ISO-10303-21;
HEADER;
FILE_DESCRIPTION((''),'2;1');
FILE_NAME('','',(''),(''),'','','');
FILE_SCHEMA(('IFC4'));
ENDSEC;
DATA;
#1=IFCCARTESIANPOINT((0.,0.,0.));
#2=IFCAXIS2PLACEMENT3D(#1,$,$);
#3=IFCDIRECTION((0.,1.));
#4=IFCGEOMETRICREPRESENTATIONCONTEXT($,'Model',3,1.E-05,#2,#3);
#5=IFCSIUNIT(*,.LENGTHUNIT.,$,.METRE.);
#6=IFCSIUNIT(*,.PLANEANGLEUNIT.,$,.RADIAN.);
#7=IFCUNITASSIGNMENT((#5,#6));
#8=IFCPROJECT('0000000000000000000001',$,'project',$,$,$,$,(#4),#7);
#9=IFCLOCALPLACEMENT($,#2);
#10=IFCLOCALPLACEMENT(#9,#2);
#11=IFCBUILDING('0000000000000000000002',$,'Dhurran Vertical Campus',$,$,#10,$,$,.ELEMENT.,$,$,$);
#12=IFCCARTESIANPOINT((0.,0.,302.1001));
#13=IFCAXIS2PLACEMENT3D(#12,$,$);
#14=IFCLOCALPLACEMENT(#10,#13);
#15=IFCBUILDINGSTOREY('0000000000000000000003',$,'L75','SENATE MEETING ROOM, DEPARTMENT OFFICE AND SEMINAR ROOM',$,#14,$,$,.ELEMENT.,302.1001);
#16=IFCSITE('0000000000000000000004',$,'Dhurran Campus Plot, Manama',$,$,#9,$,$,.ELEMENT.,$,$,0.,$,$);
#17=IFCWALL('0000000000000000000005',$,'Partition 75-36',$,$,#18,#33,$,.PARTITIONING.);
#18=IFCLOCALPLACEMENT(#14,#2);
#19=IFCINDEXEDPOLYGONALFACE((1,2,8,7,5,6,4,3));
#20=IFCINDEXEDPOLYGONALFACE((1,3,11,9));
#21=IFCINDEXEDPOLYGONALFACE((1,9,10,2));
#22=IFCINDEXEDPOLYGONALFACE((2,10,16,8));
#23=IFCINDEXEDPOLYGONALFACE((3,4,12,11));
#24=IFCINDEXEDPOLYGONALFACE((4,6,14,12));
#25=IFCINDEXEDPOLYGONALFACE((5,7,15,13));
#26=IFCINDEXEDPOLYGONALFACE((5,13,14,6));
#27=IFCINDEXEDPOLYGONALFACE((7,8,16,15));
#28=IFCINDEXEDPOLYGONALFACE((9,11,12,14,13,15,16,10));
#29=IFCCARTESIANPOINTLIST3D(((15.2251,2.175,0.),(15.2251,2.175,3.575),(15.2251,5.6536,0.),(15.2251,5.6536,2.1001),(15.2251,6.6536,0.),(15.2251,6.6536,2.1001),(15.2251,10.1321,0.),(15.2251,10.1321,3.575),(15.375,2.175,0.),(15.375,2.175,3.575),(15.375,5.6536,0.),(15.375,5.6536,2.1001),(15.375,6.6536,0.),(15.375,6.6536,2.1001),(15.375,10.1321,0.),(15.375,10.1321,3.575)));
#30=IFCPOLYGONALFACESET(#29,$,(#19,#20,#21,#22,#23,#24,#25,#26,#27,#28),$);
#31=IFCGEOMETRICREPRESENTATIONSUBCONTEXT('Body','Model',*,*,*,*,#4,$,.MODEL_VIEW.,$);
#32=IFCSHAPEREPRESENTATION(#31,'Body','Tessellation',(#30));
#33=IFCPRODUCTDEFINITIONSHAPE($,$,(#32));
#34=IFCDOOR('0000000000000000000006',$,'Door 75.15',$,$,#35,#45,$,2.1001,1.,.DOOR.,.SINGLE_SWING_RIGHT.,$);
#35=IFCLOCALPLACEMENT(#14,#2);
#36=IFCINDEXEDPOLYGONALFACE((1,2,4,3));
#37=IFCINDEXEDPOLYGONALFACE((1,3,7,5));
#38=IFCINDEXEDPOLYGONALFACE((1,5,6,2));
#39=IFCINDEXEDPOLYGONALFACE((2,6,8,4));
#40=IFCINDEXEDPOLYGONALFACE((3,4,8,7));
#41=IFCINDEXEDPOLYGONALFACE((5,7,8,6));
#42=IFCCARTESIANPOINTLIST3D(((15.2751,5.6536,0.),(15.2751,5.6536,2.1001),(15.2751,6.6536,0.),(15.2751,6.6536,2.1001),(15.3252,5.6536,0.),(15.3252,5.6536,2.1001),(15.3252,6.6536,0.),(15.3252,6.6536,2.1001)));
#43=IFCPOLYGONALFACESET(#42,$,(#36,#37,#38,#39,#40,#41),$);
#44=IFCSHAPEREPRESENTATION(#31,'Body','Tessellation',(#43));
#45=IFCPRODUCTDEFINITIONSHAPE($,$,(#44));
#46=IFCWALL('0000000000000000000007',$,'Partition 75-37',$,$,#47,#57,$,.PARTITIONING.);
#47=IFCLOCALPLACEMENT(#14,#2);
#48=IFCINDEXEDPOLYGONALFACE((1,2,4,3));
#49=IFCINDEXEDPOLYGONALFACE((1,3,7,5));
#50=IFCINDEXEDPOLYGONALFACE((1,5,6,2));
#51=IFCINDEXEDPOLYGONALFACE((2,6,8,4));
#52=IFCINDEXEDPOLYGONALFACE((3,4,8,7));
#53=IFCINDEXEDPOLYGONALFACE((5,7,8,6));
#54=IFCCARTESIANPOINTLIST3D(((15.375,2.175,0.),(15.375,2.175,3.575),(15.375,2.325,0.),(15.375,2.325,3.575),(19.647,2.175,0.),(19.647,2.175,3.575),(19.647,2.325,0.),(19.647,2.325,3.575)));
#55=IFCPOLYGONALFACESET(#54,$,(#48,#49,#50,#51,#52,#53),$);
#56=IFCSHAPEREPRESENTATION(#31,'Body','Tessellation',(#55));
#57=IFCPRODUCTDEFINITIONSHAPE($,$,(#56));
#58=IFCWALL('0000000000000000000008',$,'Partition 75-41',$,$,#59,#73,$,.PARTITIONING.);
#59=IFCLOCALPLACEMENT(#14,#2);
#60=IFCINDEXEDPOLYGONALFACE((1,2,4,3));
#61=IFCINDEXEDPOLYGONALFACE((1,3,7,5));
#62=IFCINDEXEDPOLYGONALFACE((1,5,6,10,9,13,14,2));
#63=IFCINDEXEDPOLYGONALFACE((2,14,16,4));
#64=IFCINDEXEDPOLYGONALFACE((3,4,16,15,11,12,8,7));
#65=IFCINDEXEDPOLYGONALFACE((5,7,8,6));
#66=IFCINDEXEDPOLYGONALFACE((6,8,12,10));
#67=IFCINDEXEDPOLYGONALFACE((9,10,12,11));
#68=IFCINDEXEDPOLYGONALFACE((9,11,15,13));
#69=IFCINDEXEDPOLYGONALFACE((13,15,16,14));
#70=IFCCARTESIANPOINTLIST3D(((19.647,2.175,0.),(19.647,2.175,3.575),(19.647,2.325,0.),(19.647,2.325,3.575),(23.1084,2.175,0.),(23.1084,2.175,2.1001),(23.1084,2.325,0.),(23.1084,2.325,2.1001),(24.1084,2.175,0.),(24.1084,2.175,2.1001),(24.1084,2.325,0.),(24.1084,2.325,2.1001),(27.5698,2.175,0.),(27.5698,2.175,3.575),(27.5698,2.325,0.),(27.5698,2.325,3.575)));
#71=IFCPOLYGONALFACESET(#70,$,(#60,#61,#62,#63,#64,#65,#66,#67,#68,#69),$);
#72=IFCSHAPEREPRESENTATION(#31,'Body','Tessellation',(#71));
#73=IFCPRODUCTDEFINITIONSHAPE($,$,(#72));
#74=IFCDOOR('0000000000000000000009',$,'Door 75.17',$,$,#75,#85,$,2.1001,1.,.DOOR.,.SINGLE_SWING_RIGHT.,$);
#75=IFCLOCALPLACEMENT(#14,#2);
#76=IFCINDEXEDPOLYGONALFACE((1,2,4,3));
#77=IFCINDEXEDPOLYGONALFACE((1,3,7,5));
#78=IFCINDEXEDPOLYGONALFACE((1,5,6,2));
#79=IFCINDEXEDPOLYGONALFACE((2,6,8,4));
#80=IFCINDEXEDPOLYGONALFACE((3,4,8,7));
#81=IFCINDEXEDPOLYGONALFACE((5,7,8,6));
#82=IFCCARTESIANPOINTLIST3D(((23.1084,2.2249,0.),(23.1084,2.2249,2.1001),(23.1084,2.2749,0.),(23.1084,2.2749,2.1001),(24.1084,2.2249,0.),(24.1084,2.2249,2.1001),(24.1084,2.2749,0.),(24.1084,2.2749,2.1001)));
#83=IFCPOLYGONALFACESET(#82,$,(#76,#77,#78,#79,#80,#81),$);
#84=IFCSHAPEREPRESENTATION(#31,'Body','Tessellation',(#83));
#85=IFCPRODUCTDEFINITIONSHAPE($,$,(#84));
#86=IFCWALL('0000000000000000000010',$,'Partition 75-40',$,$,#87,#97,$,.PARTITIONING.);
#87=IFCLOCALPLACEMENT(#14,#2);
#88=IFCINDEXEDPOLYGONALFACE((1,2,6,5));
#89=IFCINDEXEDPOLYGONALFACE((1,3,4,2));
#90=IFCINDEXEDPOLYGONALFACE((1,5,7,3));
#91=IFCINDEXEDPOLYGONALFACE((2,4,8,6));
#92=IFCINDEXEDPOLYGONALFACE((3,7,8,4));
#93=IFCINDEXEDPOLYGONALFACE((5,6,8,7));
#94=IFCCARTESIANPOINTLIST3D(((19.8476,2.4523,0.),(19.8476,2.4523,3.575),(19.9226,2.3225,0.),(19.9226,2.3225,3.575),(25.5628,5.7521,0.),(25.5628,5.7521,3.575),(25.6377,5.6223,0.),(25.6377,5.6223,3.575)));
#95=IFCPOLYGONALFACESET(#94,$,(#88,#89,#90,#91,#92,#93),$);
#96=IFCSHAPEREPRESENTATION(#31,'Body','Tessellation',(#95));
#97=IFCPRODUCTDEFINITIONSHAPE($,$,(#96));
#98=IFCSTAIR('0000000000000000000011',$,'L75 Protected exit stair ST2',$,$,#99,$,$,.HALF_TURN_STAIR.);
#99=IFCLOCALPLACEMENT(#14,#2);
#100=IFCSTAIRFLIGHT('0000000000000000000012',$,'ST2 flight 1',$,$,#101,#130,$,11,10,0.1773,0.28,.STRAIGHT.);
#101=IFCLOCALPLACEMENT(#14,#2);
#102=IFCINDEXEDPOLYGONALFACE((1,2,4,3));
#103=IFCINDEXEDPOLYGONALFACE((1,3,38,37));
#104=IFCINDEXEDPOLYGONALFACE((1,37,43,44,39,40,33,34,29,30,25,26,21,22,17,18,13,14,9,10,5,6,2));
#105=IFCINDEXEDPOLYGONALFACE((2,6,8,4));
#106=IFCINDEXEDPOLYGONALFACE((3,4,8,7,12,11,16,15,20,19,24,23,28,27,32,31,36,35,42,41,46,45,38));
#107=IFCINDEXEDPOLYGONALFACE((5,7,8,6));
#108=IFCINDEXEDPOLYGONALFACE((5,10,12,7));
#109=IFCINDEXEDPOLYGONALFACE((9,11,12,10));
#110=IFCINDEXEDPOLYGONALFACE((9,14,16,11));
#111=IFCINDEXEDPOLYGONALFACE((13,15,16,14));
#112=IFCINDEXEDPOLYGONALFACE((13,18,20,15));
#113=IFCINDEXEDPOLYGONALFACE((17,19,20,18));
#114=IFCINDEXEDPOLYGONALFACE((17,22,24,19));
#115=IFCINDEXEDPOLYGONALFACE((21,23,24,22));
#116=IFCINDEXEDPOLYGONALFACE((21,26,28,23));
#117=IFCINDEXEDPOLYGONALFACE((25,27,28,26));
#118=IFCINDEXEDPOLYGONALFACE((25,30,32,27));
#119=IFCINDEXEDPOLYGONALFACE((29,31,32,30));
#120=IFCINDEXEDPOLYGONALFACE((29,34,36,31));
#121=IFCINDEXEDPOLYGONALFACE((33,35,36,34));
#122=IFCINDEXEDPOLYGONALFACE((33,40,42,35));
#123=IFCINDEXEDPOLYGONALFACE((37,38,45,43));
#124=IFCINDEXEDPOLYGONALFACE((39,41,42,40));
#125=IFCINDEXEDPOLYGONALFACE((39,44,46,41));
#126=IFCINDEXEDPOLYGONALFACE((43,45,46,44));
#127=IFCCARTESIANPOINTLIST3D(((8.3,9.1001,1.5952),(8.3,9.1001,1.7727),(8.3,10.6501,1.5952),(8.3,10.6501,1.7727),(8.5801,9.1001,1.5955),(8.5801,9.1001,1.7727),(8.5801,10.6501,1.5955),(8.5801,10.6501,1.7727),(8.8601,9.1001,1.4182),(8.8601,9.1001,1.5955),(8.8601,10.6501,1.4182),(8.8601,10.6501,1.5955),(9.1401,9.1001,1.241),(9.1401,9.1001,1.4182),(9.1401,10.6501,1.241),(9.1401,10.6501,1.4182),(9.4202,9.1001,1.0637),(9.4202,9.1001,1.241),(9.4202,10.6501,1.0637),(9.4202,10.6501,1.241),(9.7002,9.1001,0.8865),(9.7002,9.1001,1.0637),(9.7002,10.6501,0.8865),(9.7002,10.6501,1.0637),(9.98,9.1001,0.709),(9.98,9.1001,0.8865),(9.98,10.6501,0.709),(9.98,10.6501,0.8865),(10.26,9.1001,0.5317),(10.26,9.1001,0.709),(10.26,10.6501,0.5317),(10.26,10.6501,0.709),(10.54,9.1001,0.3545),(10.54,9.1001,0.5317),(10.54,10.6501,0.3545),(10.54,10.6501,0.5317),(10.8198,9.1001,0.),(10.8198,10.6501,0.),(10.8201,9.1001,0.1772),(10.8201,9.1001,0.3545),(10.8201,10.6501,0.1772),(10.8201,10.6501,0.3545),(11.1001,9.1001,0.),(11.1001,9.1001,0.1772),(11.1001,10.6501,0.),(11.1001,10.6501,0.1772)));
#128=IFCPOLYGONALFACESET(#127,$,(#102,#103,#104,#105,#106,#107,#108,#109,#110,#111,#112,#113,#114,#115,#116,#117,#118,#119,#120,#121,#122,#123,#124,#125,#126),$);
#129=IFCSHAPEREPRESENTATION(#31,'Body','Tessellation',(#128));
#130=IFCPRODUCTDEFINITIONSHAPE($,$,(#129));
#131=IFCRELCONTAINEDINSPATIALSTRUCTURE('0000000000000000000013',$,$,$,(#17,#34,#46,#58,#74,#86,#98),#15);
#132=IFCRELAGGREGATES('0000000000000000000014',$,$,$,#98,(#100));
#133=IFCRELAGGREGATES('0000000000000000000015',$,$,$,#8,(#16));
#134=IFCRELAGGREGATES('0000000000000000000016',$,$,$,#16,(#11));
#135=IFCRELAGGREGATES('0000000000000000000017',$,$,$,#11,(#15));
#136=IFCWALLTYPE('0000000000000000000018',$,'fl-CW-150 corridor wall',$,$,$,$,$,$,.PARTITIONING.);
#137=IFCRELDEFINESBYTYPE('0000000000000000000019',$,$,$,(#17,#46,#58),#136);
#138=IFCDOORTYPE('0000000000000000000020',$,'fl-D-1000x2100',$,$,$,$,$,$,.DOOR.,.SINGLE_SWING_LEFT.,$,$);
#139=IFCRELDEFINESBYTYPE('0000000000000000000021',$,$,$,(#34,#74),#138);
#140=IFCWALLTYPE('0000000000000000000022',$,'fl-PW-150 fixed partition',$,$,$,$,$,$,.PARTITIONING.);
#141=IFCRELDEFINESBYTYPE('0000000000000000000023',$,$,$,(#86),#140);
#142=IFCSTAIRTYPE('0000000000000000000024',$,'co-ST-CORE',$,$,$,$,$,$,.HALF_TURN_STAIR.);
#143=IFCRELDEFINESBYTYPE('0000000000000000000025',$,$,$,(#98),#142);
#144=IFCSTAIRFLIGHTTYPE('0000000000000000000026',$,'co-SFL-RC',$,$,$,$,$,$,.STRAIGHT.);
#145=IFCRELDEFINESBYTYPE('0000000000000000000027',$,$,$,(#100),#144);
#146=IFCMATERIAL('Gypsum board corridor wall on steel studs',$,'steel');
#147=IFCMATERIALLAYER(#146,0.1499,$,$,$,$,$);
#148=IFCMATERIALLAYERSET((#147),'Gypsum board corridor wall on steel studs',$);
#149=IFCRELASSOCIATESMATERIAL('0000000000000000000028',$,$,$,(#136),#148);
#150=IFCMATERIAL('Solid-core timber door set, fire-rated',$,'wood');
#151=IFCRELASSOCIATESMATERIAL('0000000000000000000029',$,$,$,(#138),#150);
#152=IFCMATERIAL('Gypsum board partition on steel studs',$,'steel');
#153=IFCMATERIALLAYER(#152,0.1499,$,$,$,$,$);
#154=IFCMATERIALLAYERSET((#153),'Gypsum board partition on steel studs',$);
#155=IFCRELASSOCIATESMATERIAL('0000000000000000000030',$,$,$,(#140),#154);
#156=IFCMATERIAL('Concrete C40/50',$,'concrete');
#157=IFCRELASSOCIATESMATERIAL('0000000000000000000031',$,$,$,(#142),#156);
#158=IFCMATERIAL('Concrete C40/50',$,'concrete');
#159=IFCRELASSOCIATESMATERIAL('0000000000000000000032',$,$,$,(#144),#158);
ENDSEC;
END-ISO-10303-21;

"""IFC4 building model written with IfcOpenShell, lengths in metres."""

from ifc_helpers import new_model, si_unit, direction, frame, frame_2d, origin, place, context, subcontext, project, spatial, polyline, rectangle, outline, extrude, material, layer, layer_set, type_object, element, fill, aggregate, save


model = new_model("IFC4")

# Units and contexts
model_context = context("Model", 3, precision=1e-05, world=origin(), true_north=direction((0.0, 1.0)))
body_context = subcontext(model_context, "Body", "Model", "MODEL_VIEW")
ifc_project = project(units=[si_unit("LENGTHUNIT", "METRE"), si_unit("PLANEANGLEUNIT", "RADIAN")], contexts=[model_context])

# Site, building, storey
site_placement = place(None, origin())
site = spatial("IfcSite", under=ifc_project, at=site_placement, Name="Dhurran Campus Plot, Manama", CompositionType="ELEMENT", RefElevation=0.0)
building_placement = place(site_placement, origin())
building = spatial("IfcBuilding", under=site, at=building_placement, Name="Dhurran Vertical Campus", CompositionType="ELEMENT")
storey_placement = place(building_placement, frame((0.0, 0.0, 302.1001)))
storey = spatial("IfcBuildingStorey", under=building, at=storey_placement, Name="L75", Description="SENATE MEETING ROOM, DEPARTMENT OFFICE AND SEMINAR ROOM", CompositionType="ELEMENT", Elevation=302.1001)

# Wall, opening, door
ifc_material_1 = material(Name="Gypsum board corridor wall on steel studs", Category="steel")
ifc_layer_1 = layer(ifc_material_1, 0.1499)
ifc_layer_set_1 = layer_set([ifc_layer_1], Name="Gypsum board corridor wall on steel studs")
wall_type_1 = type_object("IfcWallType", Name="fl-CW-150 corridor wall", PredefinedType="PARTITIONING", material=ifc_layer_set_1)
wall_1_placement = place(storey_placement, frame((15.3, 2.175, 0.0), z_axis=(0.0, 0.0, 1.0), x_axis=(0.0, 1.0, 0.0)))
wall_1 = element("IfcWall", 1, at=wall_1_placement, inside=storey, type_object=wall_type_1, Name="Partition 75-36", PredefinedType="PARTITIONING", context=body_context, shape_type="SweptSolid", body=[
    extrude(rectangle(XDim=7.957, YDim=0.1499, at=frame_2d((3.9785, 0.0))), origin(), (0.0, 0.0, 1.0), 3.575),
])
opening_1_placement = place(wall_1_placement, frame((3.4785, 0.0, 0.0)))
opening_1 = element("IfcOpeningElement", 2, at=opening_1_placement, cuts=wall_1, PredefinedType="OPENING", context=body_context, shape_type="SweptSolid", body=[
    extrude(rectangle(XDim=1.0, YDim=2.1001, at=frame_2d((0.5, 1.05))), frame((0.0, 0.085, 0.0), z_axis=(0.0, -1.0, 0.0), x_axis=(1.0, 0.0, 0.0)), (0.0, 0.0, 1.0), 0.1699),
])
ifc_material_2 = material(Name="Solid-core timber door set, fire-rated", Category="wood")
door_type = type_object("IfcDoorType", Name="fl-D-1000x2100", OperationType="SINGLE_SWING_LEFT", PredefinedType="DOOR", material=ifc_material_2)
door_1_placement = place(opening_1_placement, origin())
door_1 = element("IfcDoor", 3, at=door_1_placement, inside=storey, type_object=door_type, Name="Door 75.15", OperationType="SINGLE_SWING_RIGHT", OverallHeight=2.1001, OverallWidth=1.0, PredefinedType="DOOR", context=body_context, shape_type="SweptSolid", body=[
    extrude(rectangle(XDim=1.0, YDim=2.1001, at=frame_2d((0.5, 1.05))), frame((0.0, 0.0249, 0.0), z_axis=(0.0, -1.0, 0.0), x_axis=(1.0, 0.0, 0.0)), (0.0, 0.0, 1.0), 0.05),
])
fill(opening_1, door_1)

# Wall
wall_2_placement = place(storey_placement, frame((15.375, 2.25, 0.0), z_axis=(0.0, 0.0, 1.0), x_axis=(1.0, 0.0, 0.0)))
element("IfcWall", 4, at=wall_2_placement, inside=storey, type_object=wall_type_1, Name="Partition 75-37", PredefinedType="PARTITIONING", context=body_context, shape_type="SweptSolid", body=[
    extrude(rectangle(XDim=4.272, YDim=0.1499, at=frame_2d((2.136, 0.0))), origin(), (0.0, 0.0, 1.0), 3.575),
])

# Wall, opening, door
wall_3_placement = place(storey_placement, frame((19.647, 2.25, 0.0), z_axis=(0.0, 0.0, 1.0), x_axis=(1.0, 0.0, 0.0)))
wall_3 = element("IfcWall", 5, at=wall_3_placement, inside=storey, type_object=wall_type_1, Name="Partition 75-41", PredefinedType="PARTITIONING", context=body_context, shape_type="SweptSolid", body=[
    extrude(rectangle(XDim=7.9229, YDim=0.1499, at=frame_2d((3.9614, 0.0))), origin(), (0.0, 0.0, 1.0), 3.575),
])
opening_2_placement = place(wall_3_placement, frame((3.4614, 0.0, 0.0)))
opening_2 = element("IfcOpeningElement", 6, at=opening_2_placement, cuts=wall_3, PredefinedType="OPENING", context=body_context, shape_type="SweptSolid", body=[
    extrude(rectangle(XDim=1.0, YDim=2.1001, at=frame_2d((0.5, 1.05))), frame((0.0, 0.085, 0.0), z_axis=(0.0, -1.0, 0.0), x_axis=(1.0, 0.0, 0.0)), (0.0, 0.0, 1.0), 0.1699),
])
door_2_placement = place(opening_2_placement, origin())
door_2 = element("IfcDoor", 7, at=door_2_placement, inside=storey, type_object=door_type, Name="Door 75.17", OperationType="SINGLE_SWING_RIGHT", OverallHeight=2.1001, OverallWidth=1.0, PredefinedType="DOOR", context=body_context, shape_type="SweptSolid", body=[
    extrude(rectangle(XDim=1.0, YDim=2.1001, at=frame_2d((0.5, 1.05))), frame((0.0, 0.0249, 0.0), z_axis=(0.0, -1.0, 0.0), x_axis=(1.0, 0.0, 0.0)), (0.0, 0.0, 1.0), 0.05),
])
fill(opening_2, door_2)

# Wall
ifc_material_3 = material(Name="Gypsum board partition on steel studs", Category="steel")
ifc_layer_2 = layer(ifc_material_3, 0.1499)
ifc_layer_set_2 = layer_set([ifc_layer_2], Name="Gypsum board partition on steel studs")
wall_type_2 = type_object("IfcWallType", Name="fl-PW-150 fixed partition", PredefinedType="PARTITIONING", material=ifc_layer_set_2)
wall_4_placement = place(storey_placement, frame((25.6003, 5.6873, 0.0), z_axis=(0.0, 0.0, 1.0), x_axis=(-0.866012, -0.500022, 0.0)))
element("IfcWall", 8, at=wall_4_placement, inside=storey, type_object=wall_type_2, Name="Partition 75-40", PredefinedType="PARTITIONING", context=body_context, shape_type="SweptSolid", body=[
    extrude(rectangle(XDim=6.5994, YDim=0.1499, at=frame_2d((3.2998, 0.0))), origin(), (0.0, 0.0, 1.0), 3.575),
])

# Stair, stair flight
ifc_material_4 = material(Name="Concrete C40/50", Category="concrete")
stair_type = type_object("IfcStairType", Name="co-ST-CORE", PredefinedType="HALF_TURN_STAIR", material=ifc_material_4)
stair_placement = place(storey_placement, origin())
stair = element("IfcStair", 9, at=stair_placement, inside=storey, type_object=stair_type, Name="L75 Protected exit stair ST2", PredefinedType="HALF_TURN_STAIR")
ifc_material_5 = material(Name="Concrete C40/50", Category="concrete")
stair_flight_type = type_object("IfcStairFlightType", Name="co-SFL-RC", PredefinedType="STRAIGHT", material=ifc_material_5)
stair_flight_placement = place(storey_placement, frame((11.1001, 9.875, 0.0), z_axis=(0.0, 0.0, 1.0), x_axis=(-1.0, 0.0, 0.0)))
stair_flight = element("IfcStairFlight", 10, at=stair_flight_placement, type_object=stair_flight_type, Name="ST2 flight 1", NumberOfRisers=11, NumberOfTreads=10, PredefinedType="STRAIGHT", RiserHeight=0.1773, TreadLength=0.28, context=body_context, shape_type="SweptSolid", body=[
    extrude(outline(polyline([(0.0, 0.0), (0.0, 0.1772), (0.28, 0.1772), (0.28, 0.3545), (0.5601, 0.3545), (0.5601, 0.5317), (0.8401, 0.5317), (0.8401, 0.709), (1.1201, 0.709), (1.1201, 0.8865), (1.3999, 0.8865), (1.3999, 1.0637), (1.6799, 1.0637), (1.6799, 1.241), (1.96, 1.241), (1.96, 1.4182), (2.24, 1.4182), (2.24, 1.5955), (2.52, 1.5955), (2.52, 1.7727), (2.8, 1.7727), (2.8, 1.95), (2.8, 1.5952), (0.2803, 0.0), (0.0, 0.0)])), frame((0.0, 0.7749, 0.0), z_axis=(0.0, -1.0, 0.0), x_axis=(1.0, 0.0, 0.0)), (0.0, 0.0, 1.0), 1.55),
])
aggregate(stair, [stair_flight])

save(model, "model.ifc")
